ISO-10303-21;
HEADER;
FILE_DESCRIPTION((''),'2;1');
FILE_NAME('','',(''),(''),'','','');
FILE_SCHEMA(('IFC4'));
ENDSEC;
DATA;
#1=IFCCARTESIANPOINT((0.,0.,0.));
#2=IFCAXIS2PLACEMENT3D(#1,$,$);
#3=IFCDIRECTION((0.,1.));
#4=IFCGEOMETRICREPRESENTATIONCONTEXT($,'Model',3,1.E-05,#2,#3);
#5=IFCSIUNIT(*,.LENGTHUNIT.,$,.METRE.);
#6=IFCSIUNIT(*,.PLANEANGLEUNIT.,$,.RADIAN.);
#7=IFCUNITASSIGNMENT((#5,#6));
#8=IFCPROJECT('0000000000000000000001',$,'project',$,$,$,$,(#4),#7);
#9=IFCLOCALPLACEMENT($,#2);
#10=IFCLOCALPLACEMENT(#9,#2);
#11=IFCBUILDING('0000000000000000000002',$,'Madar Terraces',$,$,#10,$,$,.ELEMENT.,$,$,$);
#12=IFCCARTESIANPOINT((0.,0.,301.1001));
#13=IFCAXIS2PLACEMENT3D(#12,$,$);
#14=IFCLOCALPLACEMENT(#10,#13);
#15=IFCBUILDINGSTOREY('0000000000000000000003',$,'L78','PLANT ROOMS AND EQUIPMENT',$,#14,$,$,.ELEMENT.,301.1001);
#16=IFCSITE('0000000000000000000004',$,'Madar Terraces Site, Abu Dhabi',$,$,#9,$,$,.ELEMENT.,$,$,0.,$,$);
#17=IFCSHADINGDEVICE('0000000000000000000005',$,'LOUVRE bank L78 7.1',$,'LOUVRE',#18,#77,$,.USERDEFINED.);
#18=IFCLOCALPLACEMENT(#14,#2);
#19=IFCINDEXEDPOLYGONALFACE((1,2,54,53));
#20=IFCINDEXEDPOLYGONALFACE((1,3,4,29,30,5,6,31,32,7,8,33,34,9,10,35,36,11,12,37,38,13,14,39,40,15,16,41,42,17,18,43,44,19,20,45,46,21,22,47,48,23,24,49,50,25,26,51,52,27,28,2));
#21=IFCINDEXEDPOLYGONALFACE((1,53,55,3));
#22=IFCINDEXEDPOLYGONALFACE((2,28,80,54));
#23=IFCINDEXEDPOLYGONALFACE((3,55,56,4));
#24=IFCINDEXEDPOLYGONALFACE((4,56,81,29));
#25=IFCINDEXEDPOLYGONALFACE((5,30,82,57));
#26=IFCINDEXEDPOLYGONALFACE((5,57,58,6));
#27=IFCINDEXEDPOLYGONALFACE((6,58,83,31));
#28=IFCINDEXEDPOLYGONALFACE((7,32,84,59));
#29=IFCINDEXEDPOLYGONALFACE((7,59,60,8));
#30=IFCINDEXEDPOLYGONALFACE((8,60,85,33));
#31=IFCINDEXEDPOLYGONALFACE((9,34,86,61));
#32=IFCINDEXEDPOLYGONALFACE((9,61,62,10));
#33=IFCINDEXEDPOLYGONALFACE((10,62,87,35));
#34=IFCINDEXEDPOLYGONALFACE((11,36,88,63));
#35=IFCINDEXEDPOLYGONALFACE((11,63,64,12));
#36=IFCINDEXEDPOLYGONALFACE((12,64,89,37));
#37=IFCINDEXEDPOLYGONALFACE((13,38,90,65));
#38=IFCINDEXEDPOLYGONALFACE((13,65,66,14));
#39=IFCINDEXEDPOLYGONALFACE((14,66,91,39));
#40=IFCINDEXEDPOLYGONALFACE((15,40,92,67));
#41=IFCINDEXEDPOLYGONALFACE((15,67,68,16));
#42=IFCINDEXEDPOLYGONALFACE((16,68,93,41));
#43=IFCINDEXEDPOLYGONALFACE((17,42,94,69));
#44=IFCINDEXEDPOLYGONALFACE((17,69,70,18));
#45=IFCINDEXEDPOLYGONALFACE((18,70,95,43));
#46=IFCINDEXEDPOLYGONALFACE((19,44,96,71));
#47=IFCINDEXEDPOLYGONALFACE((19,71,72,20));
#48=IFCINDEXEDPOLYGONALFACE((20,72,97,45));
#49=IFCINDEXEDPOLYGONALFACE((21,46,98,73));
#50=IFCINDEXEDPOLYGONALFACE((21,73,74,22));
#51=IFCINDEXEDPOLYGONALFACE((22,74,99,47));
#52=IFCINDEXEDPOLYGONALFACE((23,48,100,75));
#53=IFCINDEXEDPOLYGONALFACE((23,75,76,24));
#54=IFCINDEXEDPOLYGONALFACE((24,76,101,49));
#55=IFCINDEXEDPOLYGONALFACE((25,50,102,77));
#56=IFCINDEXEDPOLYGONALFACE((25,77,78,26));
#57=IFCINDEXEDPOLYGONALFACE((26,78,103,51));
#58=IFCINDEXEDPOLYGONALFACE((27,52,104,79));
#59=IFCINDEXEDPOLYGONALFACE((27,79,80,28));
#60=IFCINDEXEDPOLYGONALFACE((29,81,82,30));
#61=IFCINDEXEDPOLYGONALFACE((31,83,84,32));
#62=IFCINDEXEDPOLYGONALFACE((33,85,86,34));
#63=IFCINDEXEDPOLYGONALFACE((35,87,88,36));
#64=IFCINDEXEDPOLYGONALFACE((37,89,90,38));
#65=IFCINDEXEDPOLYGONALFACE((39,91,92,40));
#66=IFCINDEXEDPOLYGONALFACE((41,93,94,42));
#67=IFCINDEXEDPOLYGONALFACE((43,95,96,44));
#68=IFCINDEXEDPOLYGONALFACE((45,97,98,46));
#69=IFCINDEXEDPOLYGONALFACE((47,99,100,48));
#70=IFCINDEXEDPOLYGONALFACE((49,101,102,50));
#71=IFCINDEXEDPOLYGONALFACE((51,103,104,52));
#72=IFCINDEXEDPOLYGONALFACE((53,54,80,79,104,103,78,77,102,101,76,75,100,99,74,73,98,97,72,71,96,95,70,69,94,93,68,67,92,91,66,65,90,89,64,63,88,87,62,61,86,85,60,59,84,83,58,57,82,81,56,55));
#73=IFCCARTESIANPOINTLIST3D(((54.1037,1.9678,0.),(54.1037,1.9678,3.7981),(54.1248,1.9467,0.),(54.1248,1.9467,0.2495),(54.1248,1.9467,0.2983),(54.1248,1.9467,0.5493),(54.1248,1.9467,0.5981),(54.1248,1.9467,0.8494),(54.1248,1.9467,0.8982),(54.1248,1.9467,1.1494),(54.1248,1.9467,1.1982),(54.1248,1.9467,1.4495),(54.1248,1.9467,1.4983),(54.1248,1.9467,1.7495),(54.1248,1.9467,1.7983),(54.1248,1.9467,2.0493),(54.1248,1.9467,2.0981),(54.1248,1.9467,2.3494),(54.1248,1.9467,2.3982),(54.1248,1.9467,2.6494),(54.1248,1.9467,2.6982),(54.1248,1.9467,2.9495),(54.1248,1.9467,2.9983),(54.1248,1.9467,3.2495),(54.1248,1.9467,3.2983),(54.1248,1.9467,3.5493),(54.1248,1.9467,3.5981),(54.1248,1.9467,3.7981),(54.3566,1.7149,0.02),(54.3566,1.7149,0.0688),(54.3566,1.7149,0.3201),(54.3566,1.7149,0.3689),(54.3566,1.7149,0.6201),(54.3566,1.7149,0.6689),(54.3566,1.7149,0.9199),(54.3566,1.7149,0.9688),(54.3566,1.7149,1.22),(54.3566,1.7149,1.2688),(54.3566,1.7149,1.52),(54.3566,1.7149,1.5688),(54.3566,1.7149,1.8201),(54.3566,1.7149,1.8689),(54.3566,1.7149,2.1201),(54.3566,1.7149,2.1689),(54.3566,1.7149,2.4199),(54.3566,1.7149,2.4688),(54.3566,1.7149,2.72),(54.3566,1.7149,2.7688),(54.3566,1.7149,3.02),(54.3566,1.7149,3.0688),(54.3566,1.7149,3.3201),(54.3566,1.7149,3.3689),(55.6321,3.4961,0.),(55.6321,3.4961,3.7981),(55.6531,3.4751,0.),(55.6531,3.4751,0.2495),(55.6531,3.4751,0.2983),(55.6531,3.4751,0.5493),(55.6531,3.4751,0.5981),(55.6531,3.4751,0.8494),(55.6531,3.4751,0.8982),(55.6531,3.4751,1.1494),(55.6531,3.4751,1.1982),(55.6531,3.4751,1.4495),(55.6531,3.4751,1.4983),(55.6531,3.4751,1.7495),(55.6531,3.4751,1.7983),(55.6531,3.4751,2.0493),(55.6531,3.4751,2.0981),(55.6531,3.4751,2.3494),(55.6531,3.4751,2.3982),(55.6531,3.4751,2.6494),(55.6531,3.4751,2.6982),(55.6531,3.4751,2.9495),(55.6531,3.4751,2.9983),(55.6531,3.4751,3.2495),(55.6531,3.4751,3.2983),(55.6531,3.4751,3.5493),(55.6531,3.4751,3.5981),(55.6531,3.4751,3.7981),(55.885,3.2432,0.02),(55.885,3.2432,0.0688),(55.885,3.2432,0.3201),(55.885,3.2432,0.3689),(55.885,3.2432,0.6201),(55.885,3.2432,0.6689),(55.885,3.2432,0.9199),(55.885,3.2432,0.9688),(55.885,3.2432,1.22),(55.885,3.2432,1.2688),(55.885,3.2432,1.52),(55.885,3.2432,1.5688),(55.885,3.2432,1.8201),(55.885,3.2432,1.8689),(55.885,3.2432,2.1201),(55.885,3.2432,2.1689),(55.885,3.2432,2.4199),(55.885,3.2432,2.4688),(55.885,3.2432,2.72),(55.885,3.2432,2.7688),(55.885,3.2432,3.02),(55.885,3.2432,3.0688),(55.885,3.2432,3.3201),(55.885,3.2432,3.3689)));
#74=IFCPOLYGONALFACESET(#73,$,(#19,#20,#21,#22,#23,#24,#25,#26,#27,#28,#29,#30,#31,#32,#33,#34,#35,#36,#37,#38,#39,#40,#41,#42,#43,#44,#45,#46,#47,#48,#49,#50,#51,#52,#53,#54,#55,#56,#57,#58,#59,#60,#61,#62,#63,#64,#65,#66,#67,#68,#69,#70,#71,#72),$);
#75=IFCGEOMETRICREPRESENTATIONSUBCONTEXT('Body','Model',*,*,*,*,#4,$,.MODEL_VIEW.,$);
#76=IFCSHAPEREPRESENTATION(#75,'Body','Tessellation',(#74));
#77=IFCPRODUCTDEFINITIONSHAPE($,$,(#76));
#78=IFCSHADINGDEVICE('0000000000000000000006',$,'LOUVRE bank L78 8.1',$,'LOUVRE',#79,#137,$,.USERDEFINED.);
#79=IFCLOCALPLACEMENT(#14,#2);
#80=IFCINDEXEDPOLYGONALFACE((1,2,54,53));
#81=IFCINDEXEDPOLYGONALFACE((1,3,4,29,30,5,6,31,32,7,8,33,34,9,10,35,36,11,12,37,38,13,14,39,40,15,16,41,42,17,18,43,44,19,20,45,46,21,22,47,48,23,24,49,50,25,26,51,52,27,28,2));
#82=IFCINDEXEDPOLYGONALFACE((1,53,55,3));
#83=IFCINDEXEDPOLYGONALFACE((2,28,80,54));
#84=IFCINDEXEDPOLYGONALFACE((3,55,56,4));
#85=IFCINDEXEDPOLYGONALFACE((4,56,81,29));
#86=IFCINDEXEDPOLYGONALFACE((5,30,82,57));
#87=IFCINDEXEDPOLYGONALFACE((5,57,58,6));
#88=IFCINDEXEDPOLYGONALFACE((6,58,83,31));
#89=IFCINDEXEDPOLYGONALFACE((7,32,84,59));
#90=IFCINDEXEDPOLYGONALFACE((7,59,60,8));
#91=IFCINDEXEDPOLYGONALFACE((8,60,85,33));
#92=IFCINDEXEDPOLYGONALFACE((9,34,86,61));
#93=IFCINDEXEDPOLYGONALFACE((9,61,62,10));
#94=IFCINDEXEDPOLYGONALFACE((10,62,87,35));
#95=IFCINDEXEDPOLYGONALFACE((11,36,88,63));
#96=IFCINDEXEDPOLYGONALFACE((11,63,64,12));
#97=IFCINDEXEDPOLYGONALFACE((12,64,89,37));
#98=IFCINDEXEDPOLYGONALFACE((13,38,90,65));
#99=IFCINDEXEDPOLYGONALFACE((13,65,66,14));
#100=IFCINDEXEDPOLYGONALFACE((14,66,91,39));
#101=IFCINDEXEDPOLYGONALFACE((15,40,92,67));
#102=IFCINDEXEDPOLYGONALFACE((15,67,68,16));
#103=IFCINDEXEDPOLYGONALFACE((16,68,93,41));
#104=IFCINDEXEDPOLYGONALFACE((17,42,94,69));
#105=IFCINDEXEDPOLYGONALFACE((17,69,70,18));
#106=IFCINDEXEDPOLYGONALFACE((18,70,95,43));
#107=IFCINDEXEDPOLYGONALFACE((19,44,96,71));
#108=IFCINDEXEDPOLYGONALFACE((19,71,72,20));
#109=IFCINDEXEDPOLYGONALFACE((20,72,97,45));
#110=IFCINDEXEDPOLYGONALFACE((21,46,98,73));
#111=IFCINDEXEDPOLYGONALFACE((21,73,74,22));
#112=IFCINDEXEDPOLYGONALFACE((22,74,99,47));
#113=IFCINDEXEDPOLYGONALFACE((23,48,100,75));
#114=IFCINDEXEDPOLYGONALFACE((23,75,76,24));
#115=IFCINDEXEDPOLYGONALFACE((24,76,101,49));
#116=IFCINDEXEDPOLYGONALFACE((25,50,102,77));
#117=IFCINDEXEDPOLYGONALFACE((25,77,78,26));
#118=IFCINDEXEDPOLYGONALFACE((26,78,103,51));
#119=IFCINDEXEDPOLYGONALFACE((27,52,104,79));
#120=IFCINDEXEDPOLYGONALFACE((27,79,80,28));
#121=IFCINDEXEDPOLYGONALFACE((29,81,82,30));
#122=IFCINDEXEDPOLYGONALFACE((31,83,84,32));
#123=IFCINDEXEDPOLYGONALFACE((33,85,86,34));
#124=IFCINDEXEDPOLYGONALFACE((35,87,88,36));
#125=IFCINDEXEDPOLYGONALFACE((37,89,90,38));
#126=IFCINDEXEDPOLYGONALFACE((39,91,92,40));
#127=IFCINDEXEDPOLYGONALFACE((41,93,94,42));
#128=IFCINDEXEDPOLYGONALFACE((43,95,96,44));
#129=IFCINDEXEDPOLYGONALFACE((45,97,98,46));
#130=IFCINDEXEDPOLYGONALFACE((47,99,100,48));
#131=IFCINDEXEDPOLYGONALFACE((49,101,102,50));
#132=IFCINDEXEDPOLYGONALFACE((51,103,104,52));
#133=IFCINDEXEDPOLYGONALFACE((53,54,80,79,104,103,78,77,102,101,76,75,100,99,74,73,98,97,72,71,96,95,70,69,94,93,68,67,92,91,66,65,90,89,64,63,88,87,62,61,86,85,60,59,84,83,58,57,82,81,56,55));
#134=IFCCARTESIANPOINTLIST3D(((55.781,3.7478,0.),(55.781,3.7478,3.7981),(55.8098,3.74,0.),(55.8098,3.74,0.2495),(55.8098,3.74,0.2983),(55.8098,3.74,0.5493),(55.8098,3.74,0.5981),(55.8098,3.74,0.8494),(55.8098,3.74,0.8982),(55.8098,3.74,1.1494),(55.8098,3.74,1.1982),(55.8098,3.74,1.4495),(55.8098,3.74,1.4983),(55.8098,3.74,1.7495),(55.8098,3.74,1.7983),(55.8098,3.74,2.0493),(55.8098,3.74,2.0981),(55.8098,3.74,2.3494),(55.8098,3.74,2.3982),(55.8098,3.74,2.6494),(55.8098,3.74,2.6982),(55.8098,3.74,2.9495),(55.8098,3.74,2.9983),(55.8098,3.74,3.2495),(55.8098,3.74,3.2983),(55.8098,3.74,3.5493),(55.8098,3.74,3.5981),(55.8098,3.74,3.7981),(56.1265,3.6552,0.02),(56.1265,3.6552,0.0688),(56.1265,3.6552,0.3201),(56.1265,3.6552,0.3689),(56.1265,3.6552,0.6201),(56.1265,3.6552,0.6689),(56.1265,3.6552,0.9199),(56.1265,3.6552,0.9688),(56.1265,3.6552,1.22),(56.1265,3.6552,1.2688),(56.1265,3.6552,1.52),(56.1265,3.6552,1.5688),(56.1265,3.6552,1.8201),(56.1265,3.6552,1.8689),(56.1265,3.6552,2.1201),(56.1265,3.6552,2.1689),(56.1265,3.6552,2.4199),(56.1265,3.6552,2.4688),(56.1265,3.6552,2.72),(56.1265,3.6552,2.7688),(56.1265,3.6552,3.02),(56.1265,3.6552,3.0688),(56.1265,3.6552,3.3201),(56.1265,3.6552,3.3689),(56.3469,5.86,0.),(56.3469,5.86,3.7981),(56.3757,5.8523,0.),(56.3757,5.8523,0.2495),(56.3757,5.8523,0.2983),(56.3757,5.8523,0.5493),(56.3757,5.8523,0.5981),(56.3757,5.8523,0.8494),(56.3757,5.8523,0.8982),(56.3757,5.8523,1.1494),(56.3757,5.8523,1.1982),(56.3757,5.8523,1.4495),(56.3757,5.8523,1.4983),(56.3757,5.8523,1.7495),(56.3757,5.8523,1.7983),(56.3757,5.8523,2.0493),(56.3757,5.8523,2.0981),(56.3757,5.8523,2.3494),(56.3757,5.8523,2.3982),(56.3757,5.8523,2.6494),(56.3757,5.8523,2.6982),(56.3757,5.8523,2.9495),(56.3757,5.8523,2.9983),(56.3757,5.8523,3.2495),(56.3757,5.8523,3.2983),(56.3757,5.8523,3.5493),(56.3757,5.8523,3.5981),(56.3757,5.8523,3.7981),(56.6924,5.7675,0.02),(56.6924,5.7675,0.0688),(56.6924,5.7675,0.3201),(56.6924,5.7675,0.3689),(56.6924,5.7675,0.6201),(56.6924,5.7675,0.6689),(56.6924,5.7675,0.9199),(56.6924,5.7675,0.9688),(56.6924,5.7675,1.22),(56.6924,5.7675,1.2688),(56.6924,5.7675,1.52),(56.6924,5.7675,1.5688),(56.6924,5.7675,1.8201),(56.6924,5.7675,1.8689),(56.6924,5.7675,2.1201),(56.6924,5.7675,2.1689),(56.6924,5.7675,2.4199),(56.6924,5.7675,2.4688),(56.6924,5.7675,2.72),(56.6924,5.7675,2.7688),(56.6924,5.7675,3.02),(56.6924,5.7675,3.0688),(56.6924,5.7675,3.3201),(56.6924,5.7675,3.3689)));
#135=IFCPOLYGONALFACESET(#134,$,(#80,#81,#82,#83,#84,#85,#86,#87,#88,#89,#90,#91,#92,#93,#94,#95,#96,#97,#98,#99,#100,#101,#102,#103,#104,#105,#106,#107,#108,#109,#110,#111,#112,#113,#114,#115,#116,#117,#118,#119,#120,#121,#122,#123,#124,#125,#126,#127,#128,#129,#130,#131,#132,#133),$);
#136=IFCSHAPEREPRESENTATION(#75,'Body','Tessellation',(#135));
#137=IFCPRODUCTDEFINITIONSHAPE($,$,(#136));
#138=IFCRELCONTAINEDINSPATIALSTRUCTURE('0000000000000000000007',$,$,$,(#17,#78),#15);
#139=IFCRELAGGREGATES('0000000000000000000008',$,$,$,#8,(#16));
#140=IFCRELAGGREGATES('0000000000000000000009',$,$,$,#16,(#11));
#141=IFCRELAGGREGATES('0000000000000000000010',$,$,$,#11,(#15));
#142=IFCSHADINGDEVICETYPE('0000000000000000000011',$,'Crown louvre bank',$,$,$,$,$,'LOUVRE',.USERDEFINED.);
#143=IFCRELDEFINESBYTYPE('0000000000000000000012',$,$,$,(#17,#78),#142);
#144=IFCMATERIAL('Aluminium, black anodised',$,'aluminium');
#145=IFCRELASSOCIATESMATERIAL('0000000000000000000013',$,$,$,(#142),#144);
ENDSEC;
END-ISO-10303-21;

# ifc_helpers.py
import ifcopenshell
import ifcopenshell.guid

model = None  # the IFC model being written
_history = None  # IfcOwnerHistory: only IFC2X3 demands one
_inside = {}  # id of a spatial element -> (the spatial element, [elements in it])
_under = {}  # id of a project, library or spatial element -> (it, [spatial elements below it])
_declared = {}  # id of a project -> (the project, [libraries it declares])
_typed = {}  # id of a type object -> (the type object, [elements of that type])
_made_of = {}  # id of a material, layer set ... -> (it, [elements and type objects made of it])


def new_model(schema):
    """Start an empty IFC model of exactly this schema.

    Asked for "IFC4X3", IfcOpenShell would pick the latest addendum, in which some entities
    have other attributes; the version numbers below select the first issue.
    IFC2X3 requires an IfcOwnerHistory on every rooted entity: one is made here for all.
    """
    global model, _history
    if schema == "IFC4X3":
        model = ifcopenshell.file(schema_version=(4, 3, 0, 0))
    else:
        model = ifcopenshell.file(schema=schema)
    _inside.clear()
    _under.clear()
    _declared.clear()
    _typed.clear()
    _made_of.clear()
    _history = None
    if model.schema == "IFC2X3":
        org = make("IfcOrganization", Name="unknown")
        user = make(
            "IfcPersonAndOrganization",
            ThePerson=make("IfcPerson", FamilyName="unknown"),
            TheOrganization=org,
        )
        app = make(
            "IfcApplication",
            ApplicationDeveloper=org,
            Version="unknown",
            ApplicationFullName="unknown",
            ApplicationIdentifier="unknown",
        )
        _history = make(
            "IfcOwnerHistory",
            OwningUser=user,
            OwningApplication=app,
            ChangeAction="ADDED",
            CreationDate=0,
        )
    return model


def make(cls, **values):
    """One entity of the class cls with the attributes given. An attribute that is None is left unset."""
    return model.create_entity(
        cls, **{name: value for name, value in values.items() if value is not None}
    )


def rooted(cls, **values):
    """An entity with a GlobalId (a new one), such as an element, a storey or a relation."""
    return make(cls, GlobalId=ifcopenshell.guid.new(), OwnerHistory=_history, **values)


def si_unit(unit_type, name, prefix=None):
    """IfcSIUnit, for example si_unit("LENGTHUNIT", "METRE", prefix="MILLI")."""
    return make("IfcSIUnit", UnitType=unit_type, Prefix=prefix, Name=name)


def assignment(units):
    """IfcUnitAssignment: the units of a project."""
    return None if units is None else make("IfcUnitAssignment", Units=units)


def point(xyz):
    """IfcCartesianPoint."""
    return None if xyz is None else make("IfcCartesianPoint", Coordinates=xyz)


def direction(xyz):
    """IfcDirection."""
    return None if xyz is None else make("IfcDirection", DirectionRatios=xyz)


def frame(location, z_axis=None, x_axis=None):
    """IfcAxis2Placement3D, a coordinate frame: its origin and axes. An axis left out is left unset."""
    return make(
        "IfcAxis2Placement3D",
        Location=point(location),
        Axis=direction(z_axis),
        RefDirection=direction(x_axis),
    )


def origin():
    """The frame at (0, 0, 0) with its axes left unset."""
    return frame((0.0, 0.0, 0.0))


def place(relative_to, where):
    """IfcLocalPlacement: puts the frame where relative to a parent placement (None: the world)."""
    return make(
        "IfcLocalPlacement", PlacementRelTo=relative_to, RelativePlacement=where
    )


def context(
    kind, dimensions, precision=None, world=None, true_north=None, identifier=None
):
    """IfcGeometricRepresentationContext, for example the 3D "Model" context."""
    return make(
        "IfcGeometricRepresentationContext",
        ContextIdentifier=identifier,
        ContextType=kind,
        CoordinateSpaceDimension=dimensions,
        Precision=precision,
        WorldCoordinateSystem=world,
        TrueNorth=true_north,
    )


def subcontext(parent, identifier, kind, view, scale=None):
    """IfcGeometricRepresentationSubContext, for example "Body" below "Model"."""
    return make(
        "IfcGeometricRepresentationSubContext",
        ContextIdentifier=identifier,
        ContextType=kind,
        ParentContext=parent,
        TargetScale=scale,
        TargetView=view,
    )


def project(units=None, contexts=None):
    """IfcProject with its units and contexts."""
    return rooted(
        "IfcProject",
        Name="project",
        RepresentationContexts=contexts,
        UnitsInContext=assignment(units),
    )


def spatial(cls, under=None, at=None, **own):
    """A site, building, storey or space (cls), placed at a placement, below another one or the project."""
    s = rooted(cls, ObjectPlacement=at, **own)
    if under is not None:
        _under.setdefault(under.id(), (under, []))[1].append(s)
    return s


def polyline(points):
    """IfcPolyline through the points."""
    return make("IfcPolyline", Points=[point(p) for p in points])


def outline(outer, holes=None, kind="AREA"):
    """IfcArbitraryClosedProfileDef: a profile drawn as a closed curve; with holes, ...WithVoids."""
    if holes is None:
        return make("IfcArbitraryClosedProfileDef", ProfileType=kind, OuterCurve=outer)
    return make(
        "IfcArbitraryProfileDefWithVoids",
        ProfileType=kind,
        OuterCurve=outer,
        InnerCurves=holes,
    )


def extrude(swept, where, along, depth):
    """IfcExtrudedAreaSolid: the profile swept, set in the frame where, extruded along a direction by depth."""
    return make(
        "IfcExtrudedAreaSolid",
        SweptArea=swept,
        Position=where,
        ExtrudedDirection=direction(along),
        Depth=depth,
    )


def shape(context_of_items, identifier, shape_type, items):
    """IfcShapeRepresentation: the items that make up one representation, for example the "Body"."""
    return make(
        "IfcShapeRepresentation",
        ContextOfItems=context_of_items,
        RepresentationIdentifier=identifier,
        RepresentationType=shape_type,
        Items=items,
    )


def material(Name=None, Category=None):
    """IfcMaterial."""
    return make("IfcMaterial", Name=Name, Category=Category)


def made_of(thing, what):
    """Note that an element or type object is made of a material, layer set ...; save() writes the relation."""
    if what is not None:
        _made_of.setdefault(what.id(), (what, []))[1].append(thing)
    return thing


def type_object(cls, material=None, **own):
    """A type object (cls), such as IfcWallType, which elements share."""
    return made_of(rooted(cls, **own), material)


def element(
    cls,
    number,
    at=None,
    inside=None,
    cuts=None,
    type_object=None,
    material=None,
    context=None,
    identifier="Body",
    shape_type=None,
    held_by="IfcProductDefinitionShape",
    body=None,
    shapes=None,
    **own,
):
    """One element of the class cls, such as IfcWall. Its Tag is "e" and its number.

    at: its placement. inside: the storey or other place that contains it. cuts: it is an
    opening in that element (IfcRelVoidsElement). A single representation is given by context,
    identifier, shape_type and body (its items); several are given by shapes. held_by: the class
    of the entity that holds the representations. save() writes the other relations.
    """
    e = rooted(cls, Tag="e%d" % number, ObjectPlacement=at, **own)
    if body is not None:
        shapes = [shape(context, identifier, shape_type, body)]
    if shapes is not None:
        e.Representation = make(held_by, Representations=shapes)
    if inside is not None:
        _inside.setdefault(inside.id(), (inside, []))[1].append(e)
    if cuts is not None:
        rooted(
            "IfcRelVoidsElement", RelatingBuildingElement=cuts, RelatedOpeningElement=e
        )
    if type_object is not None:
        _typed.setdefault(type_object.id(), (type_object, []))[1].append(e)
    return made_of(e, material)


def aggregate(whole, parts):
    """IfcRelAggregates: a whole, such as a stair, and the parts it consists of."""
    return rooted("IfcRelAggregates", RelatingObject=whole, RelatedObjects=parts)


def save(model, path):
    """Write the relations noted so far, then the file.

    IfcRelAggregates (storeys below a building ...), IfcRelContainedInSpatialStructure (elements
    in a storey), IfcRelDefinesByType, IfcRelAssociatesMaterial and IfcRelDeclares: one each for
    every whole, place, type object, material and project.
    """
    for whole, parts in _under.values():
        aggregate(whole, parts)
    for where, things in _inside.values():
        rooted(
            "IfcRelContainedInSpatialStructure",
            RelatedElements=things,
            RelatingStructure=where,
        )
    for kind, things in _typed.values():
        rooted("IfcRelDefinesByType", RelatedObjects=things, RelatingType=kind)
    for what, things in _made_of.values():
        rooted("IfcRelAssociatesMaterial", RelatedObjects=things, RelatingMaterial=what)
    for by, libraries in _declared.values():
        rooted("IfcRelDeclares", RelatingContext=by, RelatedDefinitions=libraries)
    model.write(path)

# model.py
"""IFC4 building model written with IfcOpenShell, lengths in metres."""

from ifc_helpers import new_model, si_unit, direction, frame, origin, place, context, subcontext, project, spatial, polyline, outline, extrude, material, type_object, element, save


model = new_model("IFC4")

# Units and contexts
model_context = context("Model", 3, precision=1e-05, world=origin(), true_north=direction((0.0, 1.0)))
body_context = subcontext(model_context, "Body", "Model", "MODEL_VIEW")
ifc_project = project(units=[si_unit("LENGTHUNIT", "METRE"), si_unit("PLANEANGLEUNIT", "RADIAN")], contexts=[model_context])

# Site, building, storey
site_placement = place(None, origin())
site = spatial("IfcSite", under=ifc_project, at=site_placement, Name="Madar Terraces Site, Abu Dhabi", CompositionType="ELEMENT", RefElevation=0.0)
building_placement = place(site_placement, origin())
building = spatial("IfcBuilding", under=site, at=building_placement, Name="Madar Terraces", CompositionType="ELEMENT")
storey_placement = place(building_placement, frame((0.0, 0.0, 301.1001)))
storey = spatial("IfcBuildingStorey", under=building, at=storey_placement, Name="L78", Description="PLANT ROOMS AND EQUIPMENT", CompositionType="ELEMENT", Elevation=301.1001)

# Shading devices
ifc_material_1 = material(Name="Aluminium, black anodised", Category="aluminium")
shading_device_type = type_object("IfcShadingDeviceType", Name="Crown louvre bank", ElementType="LOUVRE", PredefinedType="USERDEFINED", material=ifc_material_1)
shading_device_1_placement = place(storey_placement, frame((54.1143, 1.9573, 0.0), z_axis=(0.707107, 0.707107, 0.0), x_axis=(-0.707107, 0.707107, 0.0)))
element("IfcShadingDevice", 1, at=shading_device_1_placement, inside=storey, type_object=shading_device_type, Name="LOUVRE bank L78 7.1", ObjectType="LOUVRE", PredefinedType="USERDEFINED", context=body_context, shape_type="SweptSolid", body=[
    extrude(outline(polyline([(0.0149, 0.0), (-0.0149, 0.0), (-0.0149, 0.2495), (-0.3428, 0.02), (-0.3428, 0.0688), (-0.0149, 0.2983), (-0.0149, 0.5493), (-0.3428, 0.3201), (-0.3428, 0.3689), (-0.0149, 0.5981), (-0.0149, 0.8494), (-0.3428, 0.6201), (-0.3428, 0.6689), (-0.0149, 0.8982), (-0.0149, 1.1494), (-0.3428, 0.9199), (-0.3428, 0.9688), (-0.0149, 1.1982), (-0.0149, 1.4495), (-0.3428, 1.22), (-0.3428, 1.2688), (-0.0149, 1.4983), (-0.0149, 1.7495), (-0.3428, 1.52), (-0.3428, 1.5688), (-0.0149, 1.7983), (-0.0149, 2.0493), (-0.3428, 1.8201), (-0.3428, 1.8689), (-0.0149, 2.0981), (-0.0149, 2.3494), (-0.3428, 2.1201), (-0.3428, 2.1689), (-0.0149, 2.3982), (-0.0149, 2.6494), (-0.3428, 2.4199), (-0.3428, 2.4688), (-0.0149, 2.6982), (-0.0149, 2.9495), (-0.3428, 2.72), (-0.3428, 2.7688), (-0.0149, 2.9983), (-0.0149, 3.2495), (-0.3428, 3.02), (-0.3428, 3.0688), (-0.0149, 3.2983), (-0.0149, 3.5493), (-0.3428, 3.3201), (-0.3428, 3.3689), (-0.0149, 3.5981), (-0.0149, 3.7981), (0.0149, 3.7981), (0.0149, 0.0)])), origin(), (0.0, 0.0, 1.0), 2.1614),
])
shading_device_2_placement = place(storey_placement, frame((55.7954, 3.7439, 0.0), z_axis=(0.258788, 0.965934, 0.0), x_axis=(-0.965934, 0.258788, 0.0)))
element("IfcShadingDevice", 2, at=shading_device_2_placement, inside=storey, type_object=shading_device_type, Name="LOUVRE bank L78 8.1", ObjectType="LOUVRE", PredefinedType="USERDEFINED", context=body_context, shape_type="SweptSolid", body=[
    extrude(outline(polyline([(0.0149, 0.0), (-0.0149, 0.0), (-0.0149, 0.2495), (-0.3428, 0.02), (-0.3428, 0.0688), (-0.0149, 0.2983), (-0.0149, 0.5493), (-0.3428, 0.3201), (-0.3428, 0.3689), (-0.0149, 0.5981), (-0.0149, 0.8494), (-0.3428, 0.6201), (-0.3428, 0.6689), (-0.0149, 0.8982), (-0.0149, 1.1494), (-0.3428, 0.9199), (-0.3428, 0.9688), (-0.0149, 1.1982), (-0.0149, 1.4495), (-0.3428, 1.22), (-0.3428, 1.2688), (-0.0149, 1.4983), (-0.0149, 1.7495), (-0.3428, 1.52), (-0.3428, 1.5688), (-0.0149, 1.7983), (-0.0149, 2.0493), (-0.3428, 1.8201), (-0.3428, 1.8689), (-0.0149, 2.0981), (-0.0149, 2.3494), (-0.3428, 2.1201), (-0.3428, 2.1689), (-0.0149, 2.3982), (-0.0149, 2.6494), (-0.3428, 2.4199), (-0.3428, 2.4688), (-0.0149, 2.6982), (-0.0149, 2.9495), (-0.3428, 2.72), (-0.3428, 2.7688), (-0.0149, 2.9983), (-0.0149, 3.2495), (-0.3428, 3.02), (-0.3428, 3.0688), (-0.0149, 3.2983), (-0.0149, 3.5493), (-0.3428, 3.3201), (-0.3428, 3.3689), (-0.0149, 3.5981), (-0.0149, 3.7981), (0.0149, 3.7981), (0.0149, 0.0)])), origin(), (0.0, 0.0, 1.0), 2.1868),
])

save(model, "model.ifc")
